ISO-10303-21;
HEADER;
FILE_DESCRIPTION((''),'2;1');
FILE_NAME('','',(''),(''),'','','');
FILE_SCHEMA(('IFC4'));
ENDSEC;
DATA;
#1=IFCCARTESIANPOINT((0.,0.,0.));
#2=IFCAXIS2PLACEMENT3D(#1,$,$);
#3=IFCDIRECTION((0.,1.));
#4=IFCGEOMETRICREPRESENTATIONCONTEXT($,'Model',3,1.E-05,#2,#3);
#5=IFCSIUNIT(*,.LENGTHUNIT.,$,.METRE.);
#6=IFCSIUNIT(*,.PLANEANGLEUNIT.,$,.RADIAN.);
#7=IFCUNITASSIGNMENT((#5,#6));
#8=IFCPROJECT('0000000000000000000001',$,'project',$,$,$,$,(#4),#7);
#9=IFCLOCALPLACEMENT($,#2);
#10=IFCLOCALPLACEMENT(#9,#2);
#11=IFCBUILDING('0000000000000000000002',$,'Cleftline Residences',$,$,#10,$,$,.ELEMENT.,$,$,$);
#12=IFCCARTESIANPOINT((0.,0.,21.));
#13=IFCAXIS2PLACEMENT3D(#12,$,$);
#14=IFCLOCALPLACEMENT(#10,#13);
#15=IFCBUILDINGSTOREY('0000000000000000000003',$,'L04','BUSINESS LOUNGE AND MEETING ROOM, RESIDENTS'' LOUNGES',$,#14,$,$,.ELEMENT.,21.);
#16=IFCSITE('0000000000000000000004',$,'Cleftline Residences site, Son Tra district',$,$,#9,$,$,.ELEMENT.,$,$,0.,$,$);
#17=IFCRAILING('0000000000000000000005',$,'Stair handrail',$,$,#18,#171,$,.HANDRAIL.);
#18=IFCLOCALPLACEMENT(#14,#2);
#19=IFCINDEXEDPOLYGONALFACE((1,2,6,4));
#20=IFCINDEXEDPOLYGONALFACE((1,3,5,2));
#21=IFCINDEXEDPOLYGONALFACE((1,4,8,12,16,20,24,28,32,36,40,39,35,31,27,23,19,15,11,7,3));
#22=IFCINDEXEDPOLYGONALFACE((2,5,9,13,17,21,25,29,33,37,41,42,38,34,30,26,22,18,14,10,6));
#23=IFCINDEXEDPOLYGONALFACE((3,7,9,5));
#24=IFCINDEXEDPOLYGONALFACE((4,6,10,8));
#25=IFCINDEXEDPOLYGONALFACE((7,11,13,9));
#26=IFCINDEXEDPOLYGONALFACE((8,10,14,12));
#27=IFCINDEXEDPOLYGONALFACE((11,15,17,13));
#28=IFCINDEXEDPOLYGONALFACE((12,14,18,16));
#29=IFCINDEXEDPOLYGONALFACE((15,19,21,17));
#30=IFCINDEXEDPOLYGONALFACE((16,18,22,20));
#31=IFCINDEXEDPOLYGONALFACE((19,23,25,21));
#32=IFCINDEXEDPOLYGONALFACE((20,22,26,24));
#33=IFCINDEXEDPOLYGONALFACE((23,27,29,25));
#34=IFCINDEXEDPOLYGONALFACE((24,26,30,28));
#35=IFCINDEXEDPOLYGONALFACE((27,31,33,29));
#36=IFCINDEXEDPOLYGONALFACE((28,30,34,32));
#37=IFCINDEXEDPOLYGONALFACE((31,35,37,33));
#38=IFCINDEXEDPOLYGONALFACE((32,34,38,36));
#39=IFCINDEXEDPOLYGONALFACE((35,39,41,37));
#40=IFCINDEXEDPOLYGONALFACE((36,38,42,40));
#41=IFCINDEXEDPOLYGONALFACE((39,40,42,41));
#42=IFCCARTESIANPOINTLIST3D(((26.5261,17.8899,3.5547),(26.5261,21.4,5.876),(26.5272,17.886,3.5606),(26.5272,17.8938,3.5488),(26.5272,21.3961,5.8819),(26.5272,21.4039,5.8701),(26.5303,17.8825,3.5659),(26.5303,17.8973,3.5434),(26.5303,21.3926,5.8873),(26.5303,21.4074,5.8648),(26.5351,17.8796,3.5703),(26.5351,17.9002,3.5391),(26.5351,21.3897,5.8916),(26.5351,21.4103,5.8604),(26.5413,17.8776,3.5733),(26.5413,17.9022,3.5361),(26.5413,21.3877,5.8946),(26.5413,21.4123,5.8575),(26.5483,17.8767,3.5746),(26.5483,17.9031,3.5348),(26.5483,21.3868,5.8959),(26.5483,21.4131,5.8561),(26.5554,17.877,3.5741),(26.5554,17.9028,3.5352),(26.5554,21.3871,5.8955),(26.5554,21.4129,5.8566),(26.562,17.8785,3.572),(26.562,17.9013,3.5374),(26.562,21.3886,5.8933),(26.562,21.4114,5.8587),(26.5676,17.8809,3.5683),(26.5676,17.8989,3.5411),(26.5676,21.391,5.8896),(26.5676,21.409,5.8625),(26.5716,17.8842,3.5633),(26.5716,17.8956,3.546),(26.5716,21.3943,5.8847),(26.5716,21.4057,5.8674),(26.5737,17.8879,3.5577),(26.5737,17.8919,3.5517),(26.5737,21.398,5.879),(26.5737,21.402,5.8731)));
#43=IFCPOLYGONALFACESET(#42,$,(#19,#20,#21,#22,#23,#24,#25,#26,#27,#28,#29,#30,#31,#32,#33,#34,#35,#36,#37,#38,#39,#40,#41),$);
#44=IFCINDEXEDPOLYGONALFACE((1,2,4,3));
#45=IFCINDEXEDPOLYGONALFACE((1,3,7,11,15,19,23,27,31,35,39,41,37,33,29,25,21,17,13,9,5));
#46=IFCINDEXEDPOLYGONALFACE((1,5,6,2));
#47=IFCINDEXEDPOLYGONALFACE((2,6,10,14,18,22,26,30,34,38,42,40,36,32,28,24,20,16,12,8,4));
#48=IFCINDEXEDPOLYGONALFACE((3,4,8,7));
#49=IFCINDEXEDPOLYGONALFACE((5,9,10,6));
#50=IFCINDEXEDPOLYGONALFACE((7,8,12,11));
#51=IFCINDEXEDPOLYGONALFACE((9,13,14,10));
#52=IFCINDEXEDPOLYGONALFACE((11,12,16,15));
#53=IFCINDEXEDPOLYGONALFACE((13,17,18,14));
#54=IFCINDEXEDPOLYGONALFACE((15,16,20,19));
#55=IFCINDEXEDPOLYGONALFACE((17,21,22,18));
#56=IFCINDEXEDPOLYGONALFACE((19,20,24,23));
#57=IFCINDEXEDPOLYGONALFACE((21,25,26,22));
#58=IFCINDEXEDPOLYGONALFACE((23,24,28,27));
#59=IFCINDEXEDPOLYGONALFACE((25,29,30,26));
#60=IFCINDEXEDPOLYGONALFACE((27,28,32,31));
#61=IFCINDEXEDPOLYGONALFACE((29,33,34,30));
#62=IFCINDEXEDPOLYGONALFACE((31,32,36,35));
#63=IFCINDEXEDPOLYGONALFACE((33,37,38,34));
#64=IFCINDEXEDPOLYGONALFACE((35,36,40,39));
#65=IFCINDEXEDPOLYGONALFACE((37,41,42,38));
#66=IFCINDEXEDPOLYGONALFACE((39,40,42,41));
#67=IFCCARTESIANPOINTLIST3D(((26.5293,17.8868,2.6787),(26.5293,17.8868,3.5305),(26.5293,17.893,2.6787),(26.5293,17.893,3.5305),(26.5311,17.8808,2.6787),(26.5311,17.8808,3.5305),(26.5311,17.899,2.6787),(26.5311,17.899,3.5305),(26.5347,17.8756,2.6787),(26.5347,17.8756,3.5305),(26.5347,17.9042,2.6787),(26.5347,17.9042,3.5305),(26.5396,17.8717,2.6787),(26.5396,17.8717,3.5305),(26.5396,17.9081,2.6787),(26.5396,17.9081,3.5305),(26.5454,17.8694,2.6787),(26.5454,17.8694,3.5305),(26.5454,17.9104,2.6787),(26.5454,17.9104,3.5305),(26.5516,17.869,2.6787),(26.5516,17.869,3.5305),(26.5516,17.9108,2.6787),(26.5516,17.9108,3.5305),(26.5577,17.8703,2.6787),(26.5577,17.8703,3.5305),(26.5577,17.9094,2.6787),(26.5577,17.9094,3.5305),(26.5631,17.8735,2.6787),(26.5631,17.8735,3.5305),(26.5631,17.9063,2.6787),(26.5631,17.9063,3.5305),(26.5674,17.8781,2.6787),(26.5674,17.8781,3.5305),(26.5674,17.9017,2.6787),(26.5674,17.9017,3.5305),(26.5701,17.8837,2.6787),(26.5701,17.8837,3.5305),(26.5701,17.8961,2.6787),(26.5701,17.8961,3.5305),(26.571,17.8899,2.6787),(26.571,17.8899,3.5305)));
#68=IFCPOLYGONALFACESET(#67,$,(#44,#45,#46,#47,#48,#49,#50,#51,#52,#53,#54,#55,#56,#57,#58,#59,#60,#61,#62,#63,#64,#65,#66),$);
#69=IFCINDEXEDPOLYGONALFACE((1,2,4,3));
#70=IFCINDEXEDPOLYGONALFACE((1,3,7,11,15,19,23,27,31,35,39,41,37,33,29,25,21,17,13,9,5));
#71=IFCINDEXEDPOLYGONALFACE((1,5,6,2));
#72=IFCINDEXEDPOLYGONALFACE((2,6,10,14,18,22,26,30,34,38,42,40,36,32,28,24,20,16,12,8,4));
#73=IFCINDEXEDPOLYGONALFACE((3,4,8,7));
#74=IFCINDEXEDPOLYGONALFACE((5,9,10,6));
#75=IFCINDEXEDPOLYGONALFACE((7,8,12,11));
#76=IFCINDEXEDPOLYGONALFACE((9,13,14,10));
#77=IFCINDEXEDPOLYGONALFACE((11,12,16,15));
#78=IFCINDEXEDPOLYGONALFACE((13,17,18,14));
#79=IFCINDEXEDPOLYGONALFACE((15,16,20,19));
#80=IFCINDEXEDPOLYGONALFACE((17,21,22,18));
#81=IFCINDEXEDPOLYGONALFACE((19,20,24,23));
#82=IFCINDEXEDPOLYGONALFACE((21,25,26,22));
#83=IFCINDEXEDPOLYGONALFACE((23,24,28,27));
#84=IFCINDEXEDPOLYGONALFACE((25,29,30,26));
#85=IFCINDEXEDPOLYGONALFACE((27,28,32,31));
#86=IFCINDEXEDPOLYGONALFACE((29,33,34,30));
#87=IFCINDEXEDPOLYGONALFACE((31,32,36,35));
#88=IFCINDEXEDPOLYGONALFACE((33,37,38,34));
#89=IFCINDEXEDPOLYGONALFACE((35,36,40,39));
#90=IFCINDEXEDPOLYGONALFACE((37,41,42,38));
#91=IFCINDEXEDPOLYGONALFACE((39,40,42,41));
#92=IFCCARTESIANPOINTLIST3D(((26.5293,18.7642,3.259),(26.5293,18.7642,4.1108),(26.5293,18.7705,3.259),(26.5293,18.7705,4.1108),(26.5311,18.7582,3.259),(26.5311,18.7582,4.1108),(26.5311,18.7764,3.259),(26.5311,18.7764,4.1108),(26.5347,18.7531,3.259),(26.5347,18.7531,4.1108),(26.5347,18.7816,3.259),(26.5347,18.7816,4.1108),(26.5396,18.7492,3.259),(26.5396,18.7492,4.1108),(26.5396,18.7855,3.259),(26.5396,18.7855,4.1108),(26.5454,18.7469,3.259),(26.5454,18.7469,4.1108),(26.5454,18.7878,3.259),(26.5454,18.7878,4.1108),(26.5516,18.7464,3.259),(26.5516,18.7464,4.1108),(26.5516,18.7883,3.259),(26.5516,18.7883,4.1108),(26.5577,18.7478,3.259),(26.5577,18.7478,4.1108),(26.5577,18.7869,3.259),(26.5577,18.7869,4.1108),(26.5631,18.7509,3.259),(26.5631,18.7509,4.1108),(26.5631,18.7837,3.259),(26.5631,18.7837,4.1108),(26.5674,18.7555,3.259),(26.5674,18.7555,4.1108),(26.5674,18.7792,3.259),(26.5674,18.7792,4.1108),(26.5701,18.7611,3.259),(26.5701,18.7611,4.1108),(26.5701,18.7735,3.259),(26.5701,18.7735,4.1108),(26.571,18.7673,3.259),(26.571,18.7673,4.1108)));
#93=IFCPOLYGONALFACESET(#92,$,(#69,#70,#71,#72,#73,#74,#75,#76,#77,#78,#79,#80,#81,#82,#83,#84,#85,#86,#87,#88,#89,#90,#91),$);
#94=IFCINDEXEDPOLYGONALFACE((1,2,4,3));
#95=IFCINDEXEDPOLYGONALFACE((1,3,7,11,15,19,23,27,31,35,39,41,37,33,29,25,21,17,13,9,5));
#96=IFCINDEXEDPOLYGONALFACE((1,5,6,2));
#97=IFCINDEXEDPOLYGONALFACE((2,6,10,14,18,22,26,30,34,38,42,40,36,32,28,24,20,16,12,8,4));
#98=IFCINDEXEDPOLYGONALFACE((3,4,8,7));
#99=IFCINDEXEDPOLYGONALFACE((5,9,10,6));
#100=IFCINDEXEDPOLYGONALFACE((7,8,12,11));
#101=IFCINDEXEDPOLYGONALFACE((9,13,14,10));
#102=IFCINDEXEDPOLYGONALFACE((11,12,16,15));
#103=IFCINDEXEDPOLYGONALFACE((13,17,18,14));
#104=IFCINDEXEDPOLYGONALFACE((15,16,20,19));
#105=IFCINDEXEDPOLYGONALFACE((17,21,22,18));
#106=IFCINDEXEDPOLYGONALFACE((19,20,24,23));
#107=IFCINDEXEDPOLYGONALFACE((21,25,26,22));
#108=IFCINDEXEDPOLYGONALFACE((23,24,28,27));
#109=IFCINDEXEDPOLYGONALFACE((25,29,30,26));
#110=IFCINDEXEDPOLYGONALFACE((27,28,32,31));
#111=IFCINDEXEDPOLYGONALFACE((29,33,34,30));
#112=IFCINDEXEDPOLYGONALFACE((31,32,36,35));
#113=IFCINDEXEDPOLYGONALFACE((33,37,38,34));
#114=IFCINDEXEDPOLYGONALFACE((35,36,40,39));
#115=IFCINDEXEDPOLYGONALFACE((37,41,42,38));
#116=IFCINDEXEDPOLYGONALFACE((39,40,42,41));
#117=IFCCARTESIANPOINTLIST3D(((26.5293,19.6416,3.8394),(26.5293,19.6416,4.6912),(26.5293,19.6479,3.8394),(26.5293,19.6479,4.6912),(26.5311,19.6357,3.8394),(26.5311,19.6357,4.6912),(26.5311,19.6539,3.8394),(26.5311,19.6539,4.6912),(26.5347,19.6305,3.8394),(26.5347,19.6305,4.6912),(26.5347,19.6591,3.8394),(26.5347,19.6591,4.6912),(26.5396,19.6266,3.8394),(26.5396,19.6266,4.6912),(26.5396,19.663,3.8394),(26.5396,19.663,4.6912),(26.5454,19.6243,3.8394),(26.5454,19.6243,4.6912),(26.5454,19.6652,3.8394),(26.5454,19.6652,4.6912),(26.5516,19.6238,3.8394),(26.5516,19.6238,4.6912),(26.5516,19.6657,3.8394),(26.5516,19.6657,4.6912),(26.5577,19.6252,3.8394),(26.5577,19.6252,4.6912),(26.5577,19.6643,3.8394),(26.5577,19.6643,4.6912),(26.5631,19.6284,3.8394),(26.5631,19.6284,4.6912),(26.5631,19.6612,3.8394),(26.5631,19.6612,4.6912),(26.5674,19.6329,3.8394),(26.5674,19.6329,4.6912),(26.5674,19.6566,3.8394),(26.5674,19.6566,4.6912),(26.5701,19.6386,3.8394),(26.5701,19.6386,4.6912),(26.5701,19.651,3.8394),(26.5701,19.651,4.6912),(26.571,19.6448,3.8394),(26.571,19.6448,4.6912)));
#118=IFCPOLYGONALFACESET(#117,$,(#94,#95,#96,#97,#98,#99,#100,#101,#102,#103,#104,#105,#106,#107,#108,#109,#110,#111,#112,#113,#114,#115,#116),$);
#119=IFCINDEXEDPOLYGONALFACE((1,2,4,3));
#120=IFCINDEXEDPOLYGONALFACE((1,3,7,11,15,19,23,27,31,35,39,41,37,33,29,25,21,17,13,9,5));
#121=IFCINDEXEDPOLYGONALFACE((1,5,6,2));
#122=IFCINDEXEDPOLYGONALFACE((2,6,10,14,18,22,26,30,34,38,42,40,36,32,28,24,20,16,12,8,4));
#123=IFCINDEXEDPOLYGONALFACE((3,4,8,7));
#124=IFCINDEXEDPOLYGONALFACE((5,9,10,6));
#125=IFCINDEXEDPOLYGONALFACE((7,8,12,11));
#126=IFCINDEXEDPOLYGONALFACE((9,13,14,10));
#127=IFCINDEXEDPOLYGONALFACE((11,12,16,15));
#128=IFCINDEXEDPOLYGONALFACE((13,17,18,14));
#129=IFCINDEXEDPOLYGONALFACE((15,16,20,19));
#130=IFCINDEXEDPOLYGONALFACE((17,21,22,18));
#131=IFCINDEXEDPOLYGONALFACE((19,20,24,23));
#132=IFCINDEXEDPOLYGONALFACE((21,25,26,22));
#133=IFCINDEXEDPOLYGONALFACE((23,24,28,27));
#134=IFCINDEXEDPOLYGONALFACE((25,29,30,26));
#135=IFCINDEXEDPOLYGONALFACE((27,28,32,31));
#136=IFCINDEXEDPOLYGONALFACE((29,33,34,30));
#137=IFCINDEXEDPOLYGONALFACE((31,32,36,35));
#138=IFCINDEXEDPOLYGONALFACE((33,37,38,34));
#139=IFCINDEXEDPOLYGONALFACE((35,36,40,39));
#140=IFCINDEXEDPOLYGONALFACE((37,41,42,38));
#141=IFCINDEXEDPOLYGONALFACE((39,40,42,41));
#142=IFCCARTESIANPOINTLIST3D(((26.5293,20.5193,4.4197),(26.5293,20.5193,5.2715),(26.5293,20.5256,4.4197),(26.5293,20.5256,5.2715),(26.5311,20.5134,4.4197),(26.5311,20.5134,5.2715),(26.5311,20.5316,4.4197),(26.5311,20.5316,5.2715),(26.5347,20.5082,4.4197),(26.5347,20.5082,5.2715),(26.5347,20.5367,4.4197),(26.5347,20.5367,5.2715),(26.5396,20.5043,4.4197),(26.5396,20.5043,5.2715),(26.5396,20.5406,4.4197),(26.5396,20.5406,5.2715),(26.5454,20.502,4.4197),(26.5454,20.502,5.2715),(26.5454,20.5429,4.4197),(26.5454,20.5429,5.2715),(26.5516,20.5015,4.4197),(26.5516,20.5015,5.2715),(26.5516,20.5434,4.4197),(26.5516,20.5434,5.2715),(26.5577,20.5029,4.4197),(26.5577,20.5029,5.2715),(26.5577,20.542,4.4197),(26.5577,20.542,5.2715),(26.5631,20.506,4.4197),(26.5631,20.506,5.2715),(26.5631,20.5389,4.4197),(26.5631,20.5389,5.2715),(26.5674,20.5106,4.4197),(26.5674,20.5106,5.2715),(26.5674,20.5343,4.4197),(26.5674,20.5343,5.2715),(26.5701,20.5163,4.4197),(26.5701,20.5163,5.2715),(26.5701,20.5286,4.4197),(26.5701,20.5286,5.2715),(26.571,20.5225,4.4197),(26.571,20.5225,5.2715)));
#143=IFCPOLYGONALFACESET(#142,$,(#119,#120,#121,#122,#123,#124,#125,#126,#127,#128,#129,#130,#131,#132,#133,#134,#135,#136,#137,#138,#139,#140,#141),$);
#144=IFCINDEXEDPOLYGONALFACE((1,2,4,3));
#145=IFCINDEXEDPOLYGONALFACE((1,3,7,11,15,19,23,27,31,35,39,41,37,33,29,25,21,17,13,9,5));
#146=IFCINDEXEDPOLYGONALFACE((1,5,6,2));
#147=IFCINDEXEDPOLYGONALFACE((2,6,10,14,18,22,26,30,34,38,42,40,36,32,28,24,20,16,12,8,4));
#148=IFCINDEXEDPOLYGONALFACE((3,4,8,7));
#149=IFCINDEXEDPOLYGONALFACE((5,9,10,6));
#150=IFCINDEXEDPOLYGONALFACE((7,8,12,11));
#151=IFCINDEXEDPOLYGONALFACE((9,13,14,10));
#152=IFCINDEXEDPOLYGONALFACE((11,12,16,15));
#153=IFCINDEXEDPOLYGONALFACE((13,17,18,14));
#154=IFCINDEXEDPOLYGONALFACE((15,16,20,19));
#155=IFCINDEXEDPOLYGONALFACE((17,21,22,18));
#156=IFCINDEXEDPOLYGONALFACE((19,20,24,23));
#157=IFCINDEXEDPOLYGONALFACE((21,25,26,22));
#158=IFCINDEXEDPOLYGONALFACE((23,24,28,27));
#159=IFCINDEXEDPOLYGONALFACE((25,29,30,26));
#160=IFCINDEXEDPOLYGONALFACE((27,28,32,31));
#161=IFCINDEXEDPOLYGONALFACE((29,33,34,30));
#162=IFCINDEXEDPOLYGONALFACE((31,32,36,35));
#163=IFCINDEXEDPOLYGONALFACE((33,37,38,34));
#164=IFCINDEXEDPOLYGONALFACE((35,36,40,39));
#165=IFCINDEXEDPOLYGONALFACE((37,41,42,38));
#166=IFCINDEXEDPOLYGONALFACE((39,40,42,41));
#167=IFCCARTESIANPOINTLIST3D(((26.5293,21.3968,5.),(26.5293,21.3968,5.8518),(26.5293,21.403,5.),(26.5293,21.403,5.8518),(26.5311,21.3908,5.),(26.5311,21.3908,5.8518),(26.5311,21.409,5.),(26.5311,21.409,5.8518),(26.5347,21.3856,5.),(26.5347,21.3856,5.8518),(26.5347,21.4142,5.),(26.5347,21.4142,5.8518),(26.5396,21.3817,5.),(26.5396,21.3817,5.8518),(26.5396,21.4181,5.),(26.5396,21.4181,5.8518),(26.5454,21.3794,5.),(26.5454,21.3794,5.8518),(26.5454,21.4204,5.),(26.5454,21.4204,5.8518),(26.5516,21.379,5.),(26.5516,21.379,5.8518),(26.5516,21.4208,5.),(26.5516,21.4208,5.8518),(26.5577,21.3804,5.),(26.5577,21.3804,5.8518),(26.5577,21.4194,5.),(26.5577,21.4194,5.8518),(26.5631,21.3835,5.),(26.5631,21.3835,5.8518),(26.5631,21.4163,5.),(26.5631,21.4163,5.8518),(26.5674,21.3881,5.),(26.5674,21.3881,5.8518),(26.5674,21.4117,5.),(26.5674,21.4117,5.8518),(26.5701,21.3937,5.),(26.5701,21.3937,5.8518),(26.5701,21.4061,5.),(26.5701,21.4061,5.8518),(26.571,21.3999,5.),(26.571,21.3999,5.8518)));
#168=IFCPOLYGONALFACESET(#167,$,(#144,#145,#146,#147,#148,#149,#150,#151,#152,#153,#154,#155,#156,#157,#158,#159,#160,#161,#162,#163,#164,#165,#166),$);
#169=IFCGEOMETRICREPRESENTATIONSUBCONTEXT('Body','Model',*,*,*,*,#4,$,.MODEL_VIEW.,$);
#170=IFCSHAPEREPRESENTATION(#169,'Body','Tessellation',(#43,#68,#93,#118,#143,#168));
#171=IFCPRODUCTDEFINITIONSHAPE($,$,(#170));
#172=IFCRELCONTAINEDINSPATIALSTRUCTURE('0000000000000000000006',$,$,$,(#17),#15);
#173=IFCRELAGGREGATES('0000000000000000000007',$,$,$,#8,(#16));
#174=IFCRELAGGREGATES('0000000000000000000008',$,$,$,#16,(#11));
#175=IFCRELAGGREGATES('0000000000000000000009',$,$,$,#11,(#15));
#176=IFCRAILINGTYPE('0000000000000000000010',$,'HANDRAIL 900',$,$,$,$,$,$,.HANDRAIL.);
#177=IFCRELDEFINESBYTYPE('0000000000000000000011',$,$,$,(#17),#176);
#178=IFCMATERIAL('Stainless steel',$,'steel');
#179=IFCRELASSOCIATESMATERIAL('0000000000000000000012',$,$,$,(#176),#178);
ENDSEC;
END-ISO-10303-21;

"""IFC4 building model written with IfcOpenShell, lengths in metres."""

from ifc_helpers import new_model, si_unit, direction, frame, origin, origin_2d, place, context, subcontext, project, spatial, circle, extrude, material, type_object, element, save


model = new_model("IFC4")

# Units and contexts
model_context = context("Model", 3, precision=1e-05, world=origin(), true_north=direction((0.0, 1.0)))
body_context = subcontext(model_context, "Body", "Model", "MODEL_VIEW")
ifc_project = project(units=[si_unit("LENGTHUNIT", "METRE"), si_unit("PLANEANGLEUNIT", "RADIAN")], contexts=[model_context])

# Site, building, storey
site_placement = place(None, origin())
site = spatial("IfcSite", under=ifc_project, at=site_placement, Name="Cleftline Residences site, Son Tra district", CompositionType="ELEMENT", RefElevation=0.0)
building_placement = place(site_placement, origin())
building = spatial("IfcBuilding", under=site, at=building_placement, Name="Cleftline Residences", CompositionType="ELEMENT")
storey_placement = place(building_placement, frame((0.0, 0.0, 21.0)))
storey = spatial("IfcBuildingStorey", under=building, at=storey_placement, Name="L04", Description="BUSINESS LOUNGE AND MEETING ROOM, RESIDENTS' LOUNGES", CompositionType="ELEMENT", Elevation=21.0)

# Railing
ifc_material_1 = material(Name="Stainless steel", Category="steel")
railing_type = type_object("IfcRailingType", Name="HANDRAIL 900", PredefinedType="HANDRAIL", material=ifc_material_1)
railing_1_placement = place(storey_placement, frame((26.55, 17.8899, 2.6787)))
element("IfcRailing", 1, at=railing_1_placement, inside=storey, type_object=railing_type, Name="Stair handrail", PredefinedType="HANDRAIL", context=body_context, shape_type="SweptSolid", body=[
    extrude(circle(Radius=0.0239, at=origin_2d()), frame((0.0, 0.0, 0.876), z_axis=(0.0, 0.834097, 0.551617), x_axis=(-1.0, 0.0, 0.0)), (0.0, 0.0, 1.0), 4.2083),
    extrude(circle(Radius=0.021, at=origin_2d()), origin(), (0.0, 0.0, 1.0), 0.8518),
    extrude(circle(Radius=0.021, at=origin_2d()), frame((0.0, 0.8774, 0.5803)), (0.0, 0.0, 1.0), 0.8518),
    extrude(circle(Radius=0.021, at=origin_2d()), frame((0.0, 1.7549, 1.1606)), (0.0, 0.0, 1.0), 0.8518),
    extrude(circle(Radius=0.021, at=origin_2d()), frame((0.0, 2.6326, 1.741)), (0.0, 0.0, 1.0), 0.8518),
    extrude(circle(Radius=0.021, at=origin_2d()), frame((0.0, 3.51, 2.3213)), (0.0, 0.0, 1.0), 0.8518),
])

save(model, "model.ifc")
